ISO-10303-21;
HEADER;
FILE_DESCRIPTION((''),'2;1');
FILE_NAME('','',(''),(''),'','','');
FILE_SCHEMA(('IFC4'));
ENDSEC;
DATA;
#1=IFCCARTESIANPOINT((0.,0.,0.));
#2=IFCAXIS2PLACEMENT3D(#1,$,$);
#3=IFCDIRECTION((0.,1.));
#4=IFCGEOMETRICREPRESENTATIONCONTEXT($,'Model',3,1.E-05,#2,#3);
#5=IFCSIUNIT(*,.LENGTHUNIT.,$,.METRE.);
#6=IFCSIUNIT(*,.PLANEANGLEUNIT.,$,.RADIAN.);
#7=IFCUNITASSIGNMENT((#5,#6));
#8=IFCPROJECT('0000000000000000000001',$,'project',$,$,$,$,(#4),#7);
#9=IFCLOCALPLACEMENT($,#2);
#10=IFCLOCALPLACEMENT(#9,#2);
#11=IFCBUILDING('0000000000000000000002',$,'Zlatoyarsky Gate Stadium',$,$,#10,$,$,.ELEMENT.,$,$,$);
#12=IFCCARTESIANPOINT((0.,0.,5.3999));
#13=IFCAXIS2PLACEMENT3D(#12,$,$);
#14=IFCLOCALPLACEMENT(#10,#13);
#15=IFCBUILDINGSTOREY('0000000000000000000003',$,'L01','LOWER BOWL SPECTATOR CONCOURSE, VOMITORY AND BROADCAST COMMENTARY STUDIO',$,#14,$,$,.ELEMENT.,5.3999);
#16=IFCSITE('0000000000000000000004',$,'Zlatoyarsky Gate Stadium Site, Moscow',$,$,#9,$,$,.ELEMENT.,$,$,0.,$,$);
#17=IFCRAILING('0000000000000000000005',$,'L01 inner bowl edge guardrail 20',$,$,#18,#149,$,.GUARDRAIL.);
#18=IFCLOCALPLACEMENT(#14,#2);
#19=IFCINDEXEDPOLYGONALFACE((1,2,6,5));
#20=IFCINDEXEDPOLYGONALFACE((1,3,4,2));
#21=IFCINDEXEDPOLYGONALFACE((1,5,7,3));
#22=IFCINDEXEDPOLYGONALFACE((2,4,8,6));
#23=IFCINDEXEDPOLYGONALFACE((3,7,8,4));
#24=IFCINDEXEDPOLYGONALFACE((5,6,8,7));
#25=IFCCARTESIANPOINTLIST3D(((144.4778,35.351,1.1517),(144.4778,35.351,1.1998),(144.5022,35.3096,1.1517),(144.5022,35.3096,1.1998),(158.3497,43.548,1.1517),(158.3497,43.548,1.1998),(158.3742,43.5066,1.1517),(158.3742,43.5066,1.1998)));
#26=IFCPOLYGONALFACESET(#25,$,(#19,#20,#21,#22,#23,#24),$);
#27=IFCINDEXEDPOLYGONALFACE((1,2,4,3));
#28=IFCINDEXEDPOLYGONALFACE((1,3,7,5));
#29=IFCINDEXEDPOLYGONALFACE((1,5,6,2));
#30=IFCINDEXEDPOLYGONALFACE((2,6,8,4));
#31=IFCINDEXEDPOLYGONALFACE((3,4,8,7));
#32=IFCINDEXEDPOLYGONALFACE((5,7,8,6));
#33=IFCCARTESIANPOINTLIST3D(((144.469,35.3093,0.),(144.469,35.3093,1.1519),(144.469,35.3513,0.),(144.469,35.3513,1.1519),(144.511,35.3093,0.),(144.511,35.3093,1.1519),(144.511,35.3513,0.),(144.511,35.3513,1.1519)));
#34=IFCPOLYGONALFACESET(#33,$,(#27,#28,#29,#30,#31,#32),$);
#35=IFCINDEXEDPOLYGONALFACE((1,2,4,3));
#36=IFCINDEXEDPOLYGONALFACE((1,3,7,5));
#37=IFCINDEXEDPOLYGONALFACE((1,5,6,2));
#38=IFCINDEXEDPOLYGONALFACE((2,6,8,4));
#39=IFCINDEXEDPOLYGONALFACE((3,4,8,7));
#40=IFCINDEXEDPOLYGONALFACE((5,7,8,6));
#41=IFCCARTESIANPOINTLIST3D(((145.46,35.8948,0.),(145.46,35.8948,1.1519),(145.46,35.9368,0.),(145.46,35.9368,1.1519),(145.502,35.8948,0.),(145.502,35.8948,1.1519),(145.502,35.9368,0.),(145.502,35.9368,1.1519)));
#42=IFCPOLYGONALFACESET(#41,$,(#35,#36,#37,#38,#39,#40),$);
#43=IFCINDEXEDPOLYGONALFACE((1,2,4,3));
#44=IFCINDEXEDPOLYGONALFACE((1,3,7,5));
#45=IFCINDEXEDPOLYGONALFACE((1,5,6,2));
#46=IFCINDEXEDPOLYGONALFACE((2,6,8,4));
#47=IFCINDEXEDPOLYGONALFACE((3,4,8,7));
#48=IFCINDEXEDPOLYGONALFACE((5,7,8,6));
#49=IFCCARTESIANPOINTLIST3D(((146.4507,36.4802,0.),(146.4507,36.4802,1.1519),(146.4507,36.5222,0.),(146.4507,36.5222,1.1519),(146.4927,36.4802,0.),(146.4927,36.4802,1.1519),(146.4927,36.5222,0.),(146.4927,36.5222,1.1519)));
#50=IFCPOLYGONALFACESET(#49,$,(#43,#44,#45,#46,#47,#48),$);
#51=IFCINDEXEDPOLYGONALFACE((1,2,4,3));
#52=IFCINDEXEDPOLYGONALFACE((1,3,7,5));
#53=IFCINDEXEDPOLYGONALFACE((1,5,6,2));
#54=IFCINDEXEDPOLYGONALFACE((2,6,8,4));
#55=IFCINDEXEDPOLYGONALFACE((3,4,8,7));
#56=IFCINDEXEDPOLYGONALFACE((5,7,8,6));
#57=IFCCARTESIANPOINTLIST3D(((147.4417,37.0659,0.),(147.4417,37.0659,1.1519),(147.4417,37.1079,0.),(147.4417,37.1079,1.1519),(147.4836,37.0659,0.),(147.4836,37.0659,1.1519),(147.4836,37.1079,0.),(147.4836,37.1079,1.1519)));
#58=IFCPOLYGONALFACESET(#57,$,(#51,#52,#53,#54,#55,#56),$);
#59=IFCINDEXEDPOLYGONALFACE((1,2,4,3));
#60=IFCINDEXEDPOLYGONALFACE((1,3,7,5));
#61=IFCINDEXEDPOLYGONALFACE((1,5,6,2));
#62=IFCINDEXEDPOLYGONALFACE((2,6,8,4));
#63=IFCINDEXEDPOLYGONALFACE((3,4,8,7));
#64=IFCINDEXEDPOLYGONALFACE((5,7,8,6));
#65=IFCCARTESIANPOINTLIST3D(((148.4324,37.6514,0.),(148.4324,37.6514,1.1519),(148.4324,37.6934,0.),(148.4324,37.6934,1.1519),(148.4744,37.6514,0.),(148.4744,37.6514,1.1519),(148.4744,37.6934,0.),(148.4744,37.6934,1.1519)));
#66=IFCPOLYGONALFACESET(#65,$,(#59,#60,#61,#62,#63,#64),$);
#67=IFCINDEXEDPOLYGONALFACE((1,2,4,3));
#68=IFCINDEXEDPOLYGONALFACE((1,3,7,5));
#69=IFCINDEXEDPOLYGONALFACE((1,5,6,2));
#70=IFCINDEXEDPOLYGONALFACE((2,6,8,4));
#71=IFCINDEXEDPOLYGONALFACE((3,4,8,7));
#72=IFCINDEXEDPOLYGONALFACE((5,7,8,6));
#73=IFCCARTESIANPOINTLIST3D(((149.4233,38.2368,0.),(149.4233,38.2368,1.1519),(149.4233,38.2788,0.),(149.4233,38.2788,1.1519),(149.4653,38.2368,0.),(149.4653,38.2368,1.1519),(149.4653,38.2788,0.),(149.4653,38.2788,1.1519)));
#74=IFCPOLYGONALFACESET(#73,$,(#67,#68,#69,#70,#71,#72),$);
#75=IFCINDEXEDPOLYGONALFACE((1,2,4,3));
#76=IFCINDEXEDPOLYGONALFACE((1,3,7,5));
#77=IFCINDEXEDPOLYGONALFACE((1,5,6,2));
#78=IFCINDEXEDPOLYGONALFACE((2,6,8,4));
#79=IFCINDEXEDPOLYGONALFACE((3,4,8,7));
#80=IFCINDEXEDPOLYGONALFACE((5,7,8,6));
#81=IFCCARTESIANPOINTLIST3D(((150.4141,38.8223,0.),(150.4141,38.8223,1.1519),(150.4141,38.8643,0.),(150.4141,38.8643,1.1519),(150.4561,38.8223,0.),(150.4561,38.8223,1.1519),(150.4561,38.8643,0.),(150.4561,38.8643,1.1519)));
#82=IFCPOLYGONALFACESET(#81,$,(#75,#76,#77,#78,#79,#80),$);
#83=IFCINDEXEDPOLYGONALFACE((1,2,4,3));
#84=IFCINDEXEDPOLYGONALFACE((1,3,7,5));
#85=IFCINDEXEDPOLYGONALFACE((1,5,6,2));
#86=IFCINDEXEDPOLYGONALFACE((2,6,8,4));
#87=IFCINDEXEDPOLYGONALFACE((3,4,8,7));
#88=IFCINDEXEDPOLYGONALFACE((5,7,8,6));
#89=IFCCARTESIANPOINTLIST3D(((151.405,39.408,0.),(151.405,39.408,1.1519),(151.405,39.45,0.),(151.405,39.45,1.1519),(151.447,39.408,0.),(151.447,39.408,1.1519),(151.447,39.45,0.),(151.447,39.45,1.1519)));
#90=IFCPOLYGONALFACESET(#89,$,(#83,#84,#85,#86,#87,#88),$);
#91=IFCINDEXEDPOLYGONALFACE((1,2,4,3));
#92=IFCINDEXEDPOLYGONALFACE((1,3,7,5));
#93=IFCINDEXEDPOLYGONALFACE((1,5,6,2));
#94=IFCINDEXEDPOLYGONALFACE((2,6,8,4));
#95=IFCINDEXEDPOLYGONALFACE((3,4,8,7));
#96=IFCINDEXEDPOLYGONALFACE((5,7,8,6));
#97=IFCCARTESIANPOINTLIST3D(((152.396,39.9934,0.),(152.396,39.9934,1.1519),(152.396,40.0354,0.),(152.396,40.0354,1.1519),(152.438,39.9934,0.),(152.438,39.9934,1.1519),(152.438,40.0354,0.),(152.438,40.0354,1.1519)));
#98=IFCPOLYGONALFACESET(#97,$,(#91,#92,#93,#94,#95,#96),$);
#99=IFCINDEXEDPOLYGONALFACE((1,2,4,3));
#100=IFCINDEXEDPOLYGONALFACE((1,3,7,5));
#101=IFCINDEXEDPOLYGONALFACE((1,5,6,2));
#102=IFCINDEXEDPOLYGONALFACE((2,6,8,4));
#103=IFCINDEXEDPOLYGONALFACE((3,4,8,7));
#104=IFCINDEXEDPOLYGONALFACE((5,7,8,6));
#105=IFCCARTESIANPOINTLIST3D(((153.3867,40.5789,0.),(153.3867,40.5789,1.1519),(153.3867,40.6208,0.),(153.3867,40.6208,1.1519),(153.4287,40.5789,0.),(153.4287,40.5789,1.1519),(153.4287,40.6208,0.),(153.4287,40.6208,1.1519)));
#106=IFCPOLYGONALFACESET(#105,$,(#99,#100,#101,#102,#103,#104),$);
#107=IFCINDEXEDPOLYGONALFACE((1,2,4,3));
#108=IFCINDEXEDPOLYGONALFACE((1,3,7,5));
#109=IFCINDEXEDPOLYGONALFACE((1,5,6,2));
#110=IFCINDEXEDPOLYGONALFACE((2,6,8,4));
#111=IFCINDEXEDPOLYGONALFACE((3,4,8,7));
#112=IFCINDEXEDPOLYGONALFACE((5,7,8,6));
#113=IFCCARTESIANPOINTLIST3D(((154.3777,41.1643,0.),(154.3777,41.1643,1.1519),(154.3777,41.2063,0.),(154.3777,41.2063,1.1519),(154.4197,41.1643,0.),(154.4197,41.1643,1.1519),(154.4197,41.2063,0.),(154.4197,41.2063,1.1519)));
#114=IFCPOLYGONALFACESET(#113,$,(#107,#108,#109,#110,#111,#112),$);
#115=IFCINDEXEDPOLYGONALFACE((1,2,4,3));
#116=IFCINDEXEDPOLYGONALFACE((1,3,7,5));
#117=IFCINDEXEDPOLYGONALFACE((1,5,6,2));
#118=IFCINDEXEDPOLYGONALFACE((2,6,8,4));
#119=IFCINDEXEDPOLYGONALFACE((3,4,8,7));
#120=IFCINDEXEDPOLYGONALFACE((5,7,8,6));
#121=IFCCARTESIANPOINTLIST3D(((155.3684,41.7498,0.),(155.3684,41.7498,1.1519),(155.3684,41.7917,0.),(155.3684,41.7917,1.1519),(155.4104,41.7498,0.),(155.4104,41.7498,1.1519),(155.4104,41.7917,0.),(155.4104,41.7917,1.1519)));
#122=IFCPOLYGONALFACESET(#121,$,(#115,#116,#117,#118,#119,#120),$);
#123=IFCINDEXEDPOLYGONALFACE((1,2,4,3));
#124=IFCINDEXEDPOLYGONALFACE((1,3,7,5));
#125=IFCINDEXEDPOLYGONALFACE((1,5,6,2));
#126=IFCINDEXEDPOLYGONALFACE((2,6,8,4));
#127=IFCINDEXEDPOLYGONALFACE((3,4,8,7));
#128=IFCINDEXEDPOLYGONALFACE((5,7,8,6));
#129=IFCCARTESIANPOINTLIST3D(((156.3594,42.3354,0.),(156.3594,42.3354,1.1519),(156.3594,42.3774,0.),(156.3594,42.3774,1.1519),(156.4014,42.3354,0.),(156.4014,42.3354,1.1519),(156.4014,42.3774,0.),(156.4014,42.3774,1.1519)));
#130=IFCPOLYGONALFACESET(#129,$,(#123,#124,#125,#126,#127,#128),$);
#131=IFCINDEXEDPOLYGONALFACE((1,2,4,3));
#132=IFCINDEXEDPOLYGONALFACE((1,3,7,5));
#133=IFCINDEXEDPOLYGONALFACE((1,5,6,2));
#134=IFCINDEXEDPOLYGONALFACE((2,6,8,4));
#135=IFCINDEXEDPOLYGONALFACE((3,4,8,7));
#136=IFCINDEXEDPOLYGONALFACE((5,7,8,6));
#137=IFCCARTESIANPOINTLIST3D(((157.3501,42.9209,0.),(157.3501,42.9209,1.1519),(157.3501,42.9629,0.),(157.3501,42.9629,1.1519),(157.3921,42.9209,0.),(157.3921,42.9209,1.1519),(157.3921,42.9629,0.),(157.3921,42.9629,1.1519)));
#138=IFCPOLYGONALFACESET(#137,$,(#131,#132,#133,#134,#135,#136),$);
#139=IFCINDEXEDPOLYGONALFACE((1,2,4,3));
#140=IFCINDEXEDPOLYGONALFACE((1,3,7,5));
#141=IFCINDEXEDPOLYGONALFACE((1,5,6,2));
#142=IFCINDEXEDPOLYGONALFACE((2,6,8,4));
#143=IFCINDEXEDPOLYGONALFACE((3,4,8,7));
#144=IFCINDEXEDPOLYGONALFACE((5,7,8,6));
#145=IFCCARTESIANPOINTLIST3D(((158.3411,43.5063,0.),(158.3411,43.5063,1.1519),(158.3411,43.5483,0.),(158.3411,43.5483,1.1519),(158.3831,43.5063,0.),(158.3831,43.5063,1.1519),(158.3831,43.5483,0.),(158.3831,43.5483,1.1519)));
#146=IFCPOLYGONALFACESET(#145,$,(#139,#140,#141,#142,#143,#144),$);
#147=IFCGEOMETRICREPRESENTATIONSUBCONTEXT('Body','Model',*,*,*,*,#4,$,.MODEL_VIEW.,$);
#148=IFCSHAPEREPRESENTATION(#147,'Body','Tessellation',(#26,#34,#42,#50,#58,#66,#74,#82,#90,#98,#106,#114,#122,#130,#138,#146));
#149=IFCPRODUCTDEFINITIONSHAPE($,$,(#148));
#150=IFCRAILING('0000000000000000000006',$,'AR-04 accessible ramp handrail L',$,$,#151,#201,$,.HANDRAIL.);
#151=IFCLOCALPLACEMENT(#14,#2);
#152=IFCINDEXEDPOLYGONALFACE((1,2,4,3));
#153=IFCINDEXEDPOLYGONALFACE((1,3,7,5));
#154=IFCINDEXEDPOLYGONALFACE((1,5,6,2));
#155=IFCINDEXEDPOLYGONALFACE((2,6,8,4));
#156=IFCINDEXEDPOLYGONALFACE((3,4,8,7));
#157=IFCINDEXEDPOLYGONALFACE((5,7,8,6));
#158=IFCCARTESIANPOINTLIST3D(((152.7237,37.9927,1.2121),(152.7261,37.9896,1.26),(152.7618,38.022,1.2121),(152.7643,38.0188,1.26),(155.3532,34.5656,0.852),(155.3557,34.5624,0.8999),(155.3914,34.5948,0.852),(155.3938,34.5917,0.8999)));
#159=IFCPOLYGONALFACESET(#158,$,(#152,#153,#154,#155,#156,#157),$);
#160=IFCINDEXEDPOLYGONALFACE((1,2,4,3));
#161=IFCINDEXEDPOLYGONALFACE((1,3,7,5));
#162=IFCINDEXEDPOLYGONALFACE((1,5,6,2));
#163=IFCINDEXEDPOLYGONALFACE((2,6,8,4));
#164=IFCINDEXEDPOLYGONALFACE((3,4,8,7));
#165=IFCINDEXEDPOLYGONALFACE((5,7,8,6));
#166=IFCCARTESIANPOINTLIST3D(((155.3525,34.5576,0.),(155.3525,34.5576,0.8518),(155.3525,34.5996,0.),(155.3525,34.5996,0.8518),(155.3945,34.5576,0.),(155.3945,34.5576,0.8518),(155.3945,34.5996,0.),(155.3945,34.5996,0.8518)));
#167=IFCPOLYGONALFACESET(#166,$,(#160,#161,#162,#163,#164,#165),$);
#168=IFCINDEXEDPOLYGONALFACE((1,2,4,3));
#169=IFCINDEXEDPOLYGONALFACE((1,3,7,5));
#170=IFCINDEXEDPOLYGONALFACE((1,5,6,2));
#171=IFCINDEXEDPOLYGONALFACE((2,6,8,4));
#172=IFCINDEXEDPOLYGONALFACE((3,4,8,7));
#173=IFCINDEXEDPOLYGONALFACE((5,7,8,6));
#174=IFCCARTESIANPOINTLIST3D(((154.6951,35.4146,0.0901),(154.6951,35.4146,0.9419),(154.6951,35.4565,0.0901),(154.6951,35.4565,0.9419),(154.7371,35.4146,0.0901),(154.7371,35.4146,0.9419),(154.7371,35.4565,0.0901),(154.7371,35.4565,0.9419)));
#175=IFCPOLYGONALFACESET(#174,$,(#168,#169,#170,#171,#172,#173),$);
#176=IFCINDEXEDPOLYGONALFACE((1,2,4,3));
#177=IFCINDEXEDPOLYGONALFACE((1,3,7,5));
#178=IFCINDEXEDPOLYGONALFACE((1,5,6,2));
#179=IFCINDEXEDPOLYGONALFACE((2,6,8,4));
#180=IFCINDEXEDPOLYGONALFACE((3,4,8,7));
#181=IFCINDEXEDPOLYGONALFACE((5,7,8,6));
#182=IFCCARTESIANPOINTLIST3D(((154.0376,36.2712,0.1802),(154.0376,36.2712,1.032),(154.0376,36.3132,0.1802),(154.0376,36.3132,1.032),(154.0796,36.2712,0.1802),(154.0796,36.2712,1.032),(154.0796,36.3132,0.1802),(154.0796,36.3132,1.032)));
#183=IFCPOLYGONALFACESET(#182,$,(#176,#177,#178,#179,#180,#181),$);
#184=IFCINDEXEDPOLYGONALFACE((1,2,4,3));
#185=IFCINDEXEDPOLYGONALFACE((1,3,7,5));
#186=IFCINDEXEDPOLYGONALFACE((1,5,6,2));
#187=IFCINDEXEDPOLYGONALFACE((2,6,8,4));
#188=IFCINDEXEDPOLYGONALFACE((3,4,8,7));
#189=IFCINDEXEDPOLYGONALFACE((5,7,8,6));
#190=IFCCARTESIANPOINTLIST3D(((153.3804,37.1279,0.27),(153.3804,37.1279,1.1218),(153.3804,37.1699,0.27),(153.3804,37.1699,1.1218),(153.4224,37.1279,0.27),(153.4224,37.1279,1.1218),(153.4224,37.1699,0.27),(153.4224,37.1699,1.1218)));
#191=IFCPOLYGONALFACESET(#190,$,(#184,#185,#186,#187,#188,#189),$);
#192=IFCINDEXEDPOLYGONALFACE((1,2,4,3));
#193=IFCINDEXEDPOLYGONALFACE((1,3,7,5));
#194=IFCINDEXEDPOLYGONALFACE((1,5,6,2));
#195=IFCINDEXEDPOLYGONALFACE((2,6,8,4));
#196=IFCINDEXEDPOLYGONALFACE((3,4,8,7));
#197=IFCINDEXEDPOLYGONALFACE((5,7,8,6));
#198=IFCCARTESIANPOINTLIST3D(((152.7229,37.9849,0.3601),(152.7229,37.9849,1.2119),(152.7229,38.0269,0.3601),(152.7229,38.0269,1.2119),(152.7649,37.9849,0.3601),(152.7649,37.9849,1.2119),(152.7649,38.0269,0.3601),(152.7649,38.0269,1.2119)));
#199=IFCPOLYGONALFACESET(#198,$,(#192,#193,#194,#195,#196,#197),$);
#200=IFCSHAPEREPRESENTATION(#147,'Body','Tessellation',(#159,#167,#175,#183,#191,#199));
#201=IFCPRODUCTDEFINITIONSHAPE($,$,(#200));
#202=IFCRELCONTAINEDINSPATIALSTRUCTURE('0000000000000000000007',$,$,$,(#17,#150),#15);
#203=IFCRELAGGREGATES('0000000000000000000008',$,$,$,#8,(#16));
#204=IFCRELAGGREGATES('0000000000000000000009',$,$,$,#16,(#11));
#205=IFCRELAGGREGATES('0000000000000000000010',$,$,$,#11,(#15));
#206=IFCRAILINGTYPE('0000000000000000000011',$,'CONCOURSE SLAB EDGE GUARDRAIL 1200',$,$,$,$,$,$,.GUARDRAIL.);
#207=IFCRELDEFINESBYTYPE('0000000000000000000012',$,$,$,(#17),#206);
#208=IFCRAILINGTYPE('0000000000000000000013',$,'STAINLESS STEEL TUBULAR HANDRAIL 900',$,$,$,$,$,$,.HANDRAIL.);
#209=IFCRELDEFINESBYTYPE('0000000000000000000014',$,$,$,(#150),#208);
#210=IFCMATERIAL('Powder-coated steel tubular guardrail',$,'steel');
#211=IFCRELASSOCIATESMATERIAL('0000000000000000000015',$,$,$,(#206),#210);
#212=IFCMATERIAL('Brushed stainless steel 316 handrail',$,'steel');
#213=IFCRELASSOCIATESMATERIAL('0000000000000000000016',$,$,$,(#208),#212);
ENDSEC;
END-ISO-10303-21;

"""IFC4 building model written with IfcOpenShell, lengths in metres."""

from ifc_helpers import new_model, si_unit, direction, frame, origin, origin_2d, place, context, subcontext, project, spatial, rectangle, extrude, material, type_object, element, save


model = new_model("IFC4")

# Units and contexts
model_context = context("Model", 3, precision=1e-05, world=origin(), true_north=direction((0.0, 1.0)))
body_context = subcontext(model_context, "Body", "Model", "MODEL_VIEW")
ifc_project = project(units=[si_unit("LENGTHUNIT", "METRE"), si_unit("PLANEANGLEUNIT", "RADIAN")], contexts=[model_context])

# Site, building, storey
site_placement = place(None, origin())
site = spatial("IfcSite", under=ifc_project, at=site_placement, Name="Zlatoyarsky Gate Stadium Site, Moscow", CompositionType="ELEMENT", RefElevation=0.0)
building_placement = place(site_placement, origin())
building = spatial("IfcBuilding", under=site, at=building_placement, Name="Zlatoyarsky Gate Stadium", CompositionType="ELEMENT")
storey_placement = place(building_placement, frame((0.0, 0.0, 5.3999)))
storey = spatial("IfcBuildingStorey", under=building, at=storey_placement, Name="L01", Description="LOWER BOWL SPECTATOR CONCOURSE, VOMITORY AND BROADCAST COMMENTARY STUDIO", CompositionType="ELEMENT", Elevation=5.3999)

# Railings
ifc_material_1 = material(Name="Powder-coated steel tubular guardrail", Category="steel")
railing_type_1 = type_object("IfcRailingType", Name="CONCOURSE SLAB EDGE GUARDRAIL 1200", PredefinedType="GUARDRAIL", material=ifc_material_1)
railing_1_placement = place(storey_placement, frame((144.49, 35.3303, 0.0)))
element("IfcRailing", 1, at=railing_1_placement, inside=storey, type_object=railing_type_1, Name="L01 inner bowl edge guardrail 20", PredefinedType="GUARDRAIL", context=body_context, shape_type="SweptSolid", body=[
    extrude(rectangle(XDim=0.0481, YDim=0.0481, at=origin_2d()), frame((0.0, 0.0, 1.1758), z_axis=(0.86093, 0.508724, 0.0), x_axis=(-0.508724, 0.86093, 0.0)), (0.0, 0.0, 1.0), 16.1128),
    extrude(rectangle(XDim=0.042, YDim=0.042, at=origin_2d()), origin(), (0.0, 0.0, 1.0), 1.1519),
    extrude(rectangle(XDim=0.042, YDim=0.042, at=origin_2d()), frame((0.991, 0.5854, 0.0)), (0.0, 0.0, 1.0), 1.1519),
    extrude(rectangle(XDim=0.042, YDim=0.042, at=origin_2d()), frame((1.9817, 1.1709, 0.0)), (0.0, 0.0, 1.0), 1.1519),
    extrude(rectangle(XDim=0.042, YDim=0.042, at=origin_2d()), frame((2.9727, 1.7566, 0.0)), (0.0, 0.0, 1.0), 1.1519),
    extrude(rectangle(XDim=0.042, YDim=0.042, at=origin_2d()), frame((3.9634, 2.342, 0.0)), (0.0, 0.0, 1.0), 1.1519),
    extrude(rectangle(XDim=0.042, YDim=0.042, at=origin_2d()), frame((4.9543, 2.9275, 0.0)), (0.0, 0.0, 1.0), 1.1519),
    extrude(rectangle(XDim=0.042, YDim=0.042, at=origin_2d()), frame((5.9451, 3.5129, 0.0)), (0.0, 0.0, 1.0), 1.1519),
    extrude(rectangle(XDim=0.042, YDim=0.042, at=origin_2d()), frame((6.936, 4.0986, 0.0)), (0.0, 0.0, 1.0), 1.1519),
    extrude(rectangle(XDim=0.042, YDim=0.042, at=origin_2d()), frame((7.927, 4.6841, 0.0)), (0.0, 0.0, 1.0), 1.1519),
    extrude(rectangle(XDim=0.042, YDim=0.042, at=origin_2d()), frame((8.9177, 5.2695, 0.0)), (0.0, 0.0, 1.0), 1.1519),
    extrude(rectangle(XDim=0.042, YDim=0.042, at=origin_2d()), frame((9.9087, 5.855, 0.0)), (0.0, 0.0, 1.0), 1.1519),
    extrude(rectangle(XDim=0.042, YDim=0.042, at=origin_2d()), frame((10.8994, 6.4404, 0.0)), (0.0, 0.0, 1.0), 1.1519),
    extrude(rectangle(XDim=0.042, YDim=0.042, at=origin_2d()), frame((11.8904, 7.0261, 0.0)), (0.0, 0.0, 1.0), 1.1519),
    extrude(rectangle(XDim=0.042, YDim=0.042, at=origin_2d()), frame((12.8811, 7.6116, 0.0)), (0.0, 0.0, 1.0), 1.1519),
    extrude(rectangle(XDim=0.042, YDim=0.042, at=origin_2d()), frame((13.8721, 8.197, 0.0)), (0.0, 0.0, 1.0), 1.1519),
])
ifc_material_2 = material(Name="Brushed stainless steel 316 handrail", Category="steel")
railing_type_2 = type_object("IfcRailingType", Name="STAINLESS STEEL TUBULAR HANDRAIL 900", PredefinedType="HANDRAIL", material=ifc_material_2)
railing_2_placement = place(storey_placement, frame((155.3735, 34.5786, 0.0)))
element("IfcRailing", 2, at=railing_2_placement, inside=storey, type_object=railing_type_2, Name="AR-04 accessible ramp handrail L", PredefinedType="HANDRAIL", context=body_context, shape_type="SweptSolid", body=[
    extrude(rectangle(XDim=0.0481, YDim=0.0481, at=origin_2d()), frame((0.0, 0.0, 0.876), z_axis=(-0.606631, 0.790631, 0.083073), x_axis=(-0.793373, -0.608735, 0.0)), (0.0, 0.0, 1.0), 4.3347),
    extrude(rectangle(XDim=0.042, YDim=0.042, at=origin_2d()), origin(), (0.0, 0.0, 1.0), 0.8518),
    extrude(rectangle(XDim=0.042, YDim=0.042, at=origin_2d()), frame((-0.6575, 0.8569, 0.0901)), (0.0, 0.0, 1.0), 0.8518),
    extrude(rectangle(XDim=0.042, YDim=0.042, at=origin_2d()), frame((-1.3149, 1.7136, 0.1802)), (0.0, 0.0, 1.0), 0.8518),
    extrude(rectangle(XDim=0.042, YDim=0.042, at=origin_2d()), frame((-1.9722, 2.5703, 0.27)), (0.0, 0.0, 1.0), 0.8518),
    extrude(rectangle(XDim=0.042, YDim=0.042, at=origin_2d()), frame((-2.6296, 3.4272, 0.3601)), (0.0, 0.0, 1.0), 0.8518),
])

save(model, "model.ifc")
